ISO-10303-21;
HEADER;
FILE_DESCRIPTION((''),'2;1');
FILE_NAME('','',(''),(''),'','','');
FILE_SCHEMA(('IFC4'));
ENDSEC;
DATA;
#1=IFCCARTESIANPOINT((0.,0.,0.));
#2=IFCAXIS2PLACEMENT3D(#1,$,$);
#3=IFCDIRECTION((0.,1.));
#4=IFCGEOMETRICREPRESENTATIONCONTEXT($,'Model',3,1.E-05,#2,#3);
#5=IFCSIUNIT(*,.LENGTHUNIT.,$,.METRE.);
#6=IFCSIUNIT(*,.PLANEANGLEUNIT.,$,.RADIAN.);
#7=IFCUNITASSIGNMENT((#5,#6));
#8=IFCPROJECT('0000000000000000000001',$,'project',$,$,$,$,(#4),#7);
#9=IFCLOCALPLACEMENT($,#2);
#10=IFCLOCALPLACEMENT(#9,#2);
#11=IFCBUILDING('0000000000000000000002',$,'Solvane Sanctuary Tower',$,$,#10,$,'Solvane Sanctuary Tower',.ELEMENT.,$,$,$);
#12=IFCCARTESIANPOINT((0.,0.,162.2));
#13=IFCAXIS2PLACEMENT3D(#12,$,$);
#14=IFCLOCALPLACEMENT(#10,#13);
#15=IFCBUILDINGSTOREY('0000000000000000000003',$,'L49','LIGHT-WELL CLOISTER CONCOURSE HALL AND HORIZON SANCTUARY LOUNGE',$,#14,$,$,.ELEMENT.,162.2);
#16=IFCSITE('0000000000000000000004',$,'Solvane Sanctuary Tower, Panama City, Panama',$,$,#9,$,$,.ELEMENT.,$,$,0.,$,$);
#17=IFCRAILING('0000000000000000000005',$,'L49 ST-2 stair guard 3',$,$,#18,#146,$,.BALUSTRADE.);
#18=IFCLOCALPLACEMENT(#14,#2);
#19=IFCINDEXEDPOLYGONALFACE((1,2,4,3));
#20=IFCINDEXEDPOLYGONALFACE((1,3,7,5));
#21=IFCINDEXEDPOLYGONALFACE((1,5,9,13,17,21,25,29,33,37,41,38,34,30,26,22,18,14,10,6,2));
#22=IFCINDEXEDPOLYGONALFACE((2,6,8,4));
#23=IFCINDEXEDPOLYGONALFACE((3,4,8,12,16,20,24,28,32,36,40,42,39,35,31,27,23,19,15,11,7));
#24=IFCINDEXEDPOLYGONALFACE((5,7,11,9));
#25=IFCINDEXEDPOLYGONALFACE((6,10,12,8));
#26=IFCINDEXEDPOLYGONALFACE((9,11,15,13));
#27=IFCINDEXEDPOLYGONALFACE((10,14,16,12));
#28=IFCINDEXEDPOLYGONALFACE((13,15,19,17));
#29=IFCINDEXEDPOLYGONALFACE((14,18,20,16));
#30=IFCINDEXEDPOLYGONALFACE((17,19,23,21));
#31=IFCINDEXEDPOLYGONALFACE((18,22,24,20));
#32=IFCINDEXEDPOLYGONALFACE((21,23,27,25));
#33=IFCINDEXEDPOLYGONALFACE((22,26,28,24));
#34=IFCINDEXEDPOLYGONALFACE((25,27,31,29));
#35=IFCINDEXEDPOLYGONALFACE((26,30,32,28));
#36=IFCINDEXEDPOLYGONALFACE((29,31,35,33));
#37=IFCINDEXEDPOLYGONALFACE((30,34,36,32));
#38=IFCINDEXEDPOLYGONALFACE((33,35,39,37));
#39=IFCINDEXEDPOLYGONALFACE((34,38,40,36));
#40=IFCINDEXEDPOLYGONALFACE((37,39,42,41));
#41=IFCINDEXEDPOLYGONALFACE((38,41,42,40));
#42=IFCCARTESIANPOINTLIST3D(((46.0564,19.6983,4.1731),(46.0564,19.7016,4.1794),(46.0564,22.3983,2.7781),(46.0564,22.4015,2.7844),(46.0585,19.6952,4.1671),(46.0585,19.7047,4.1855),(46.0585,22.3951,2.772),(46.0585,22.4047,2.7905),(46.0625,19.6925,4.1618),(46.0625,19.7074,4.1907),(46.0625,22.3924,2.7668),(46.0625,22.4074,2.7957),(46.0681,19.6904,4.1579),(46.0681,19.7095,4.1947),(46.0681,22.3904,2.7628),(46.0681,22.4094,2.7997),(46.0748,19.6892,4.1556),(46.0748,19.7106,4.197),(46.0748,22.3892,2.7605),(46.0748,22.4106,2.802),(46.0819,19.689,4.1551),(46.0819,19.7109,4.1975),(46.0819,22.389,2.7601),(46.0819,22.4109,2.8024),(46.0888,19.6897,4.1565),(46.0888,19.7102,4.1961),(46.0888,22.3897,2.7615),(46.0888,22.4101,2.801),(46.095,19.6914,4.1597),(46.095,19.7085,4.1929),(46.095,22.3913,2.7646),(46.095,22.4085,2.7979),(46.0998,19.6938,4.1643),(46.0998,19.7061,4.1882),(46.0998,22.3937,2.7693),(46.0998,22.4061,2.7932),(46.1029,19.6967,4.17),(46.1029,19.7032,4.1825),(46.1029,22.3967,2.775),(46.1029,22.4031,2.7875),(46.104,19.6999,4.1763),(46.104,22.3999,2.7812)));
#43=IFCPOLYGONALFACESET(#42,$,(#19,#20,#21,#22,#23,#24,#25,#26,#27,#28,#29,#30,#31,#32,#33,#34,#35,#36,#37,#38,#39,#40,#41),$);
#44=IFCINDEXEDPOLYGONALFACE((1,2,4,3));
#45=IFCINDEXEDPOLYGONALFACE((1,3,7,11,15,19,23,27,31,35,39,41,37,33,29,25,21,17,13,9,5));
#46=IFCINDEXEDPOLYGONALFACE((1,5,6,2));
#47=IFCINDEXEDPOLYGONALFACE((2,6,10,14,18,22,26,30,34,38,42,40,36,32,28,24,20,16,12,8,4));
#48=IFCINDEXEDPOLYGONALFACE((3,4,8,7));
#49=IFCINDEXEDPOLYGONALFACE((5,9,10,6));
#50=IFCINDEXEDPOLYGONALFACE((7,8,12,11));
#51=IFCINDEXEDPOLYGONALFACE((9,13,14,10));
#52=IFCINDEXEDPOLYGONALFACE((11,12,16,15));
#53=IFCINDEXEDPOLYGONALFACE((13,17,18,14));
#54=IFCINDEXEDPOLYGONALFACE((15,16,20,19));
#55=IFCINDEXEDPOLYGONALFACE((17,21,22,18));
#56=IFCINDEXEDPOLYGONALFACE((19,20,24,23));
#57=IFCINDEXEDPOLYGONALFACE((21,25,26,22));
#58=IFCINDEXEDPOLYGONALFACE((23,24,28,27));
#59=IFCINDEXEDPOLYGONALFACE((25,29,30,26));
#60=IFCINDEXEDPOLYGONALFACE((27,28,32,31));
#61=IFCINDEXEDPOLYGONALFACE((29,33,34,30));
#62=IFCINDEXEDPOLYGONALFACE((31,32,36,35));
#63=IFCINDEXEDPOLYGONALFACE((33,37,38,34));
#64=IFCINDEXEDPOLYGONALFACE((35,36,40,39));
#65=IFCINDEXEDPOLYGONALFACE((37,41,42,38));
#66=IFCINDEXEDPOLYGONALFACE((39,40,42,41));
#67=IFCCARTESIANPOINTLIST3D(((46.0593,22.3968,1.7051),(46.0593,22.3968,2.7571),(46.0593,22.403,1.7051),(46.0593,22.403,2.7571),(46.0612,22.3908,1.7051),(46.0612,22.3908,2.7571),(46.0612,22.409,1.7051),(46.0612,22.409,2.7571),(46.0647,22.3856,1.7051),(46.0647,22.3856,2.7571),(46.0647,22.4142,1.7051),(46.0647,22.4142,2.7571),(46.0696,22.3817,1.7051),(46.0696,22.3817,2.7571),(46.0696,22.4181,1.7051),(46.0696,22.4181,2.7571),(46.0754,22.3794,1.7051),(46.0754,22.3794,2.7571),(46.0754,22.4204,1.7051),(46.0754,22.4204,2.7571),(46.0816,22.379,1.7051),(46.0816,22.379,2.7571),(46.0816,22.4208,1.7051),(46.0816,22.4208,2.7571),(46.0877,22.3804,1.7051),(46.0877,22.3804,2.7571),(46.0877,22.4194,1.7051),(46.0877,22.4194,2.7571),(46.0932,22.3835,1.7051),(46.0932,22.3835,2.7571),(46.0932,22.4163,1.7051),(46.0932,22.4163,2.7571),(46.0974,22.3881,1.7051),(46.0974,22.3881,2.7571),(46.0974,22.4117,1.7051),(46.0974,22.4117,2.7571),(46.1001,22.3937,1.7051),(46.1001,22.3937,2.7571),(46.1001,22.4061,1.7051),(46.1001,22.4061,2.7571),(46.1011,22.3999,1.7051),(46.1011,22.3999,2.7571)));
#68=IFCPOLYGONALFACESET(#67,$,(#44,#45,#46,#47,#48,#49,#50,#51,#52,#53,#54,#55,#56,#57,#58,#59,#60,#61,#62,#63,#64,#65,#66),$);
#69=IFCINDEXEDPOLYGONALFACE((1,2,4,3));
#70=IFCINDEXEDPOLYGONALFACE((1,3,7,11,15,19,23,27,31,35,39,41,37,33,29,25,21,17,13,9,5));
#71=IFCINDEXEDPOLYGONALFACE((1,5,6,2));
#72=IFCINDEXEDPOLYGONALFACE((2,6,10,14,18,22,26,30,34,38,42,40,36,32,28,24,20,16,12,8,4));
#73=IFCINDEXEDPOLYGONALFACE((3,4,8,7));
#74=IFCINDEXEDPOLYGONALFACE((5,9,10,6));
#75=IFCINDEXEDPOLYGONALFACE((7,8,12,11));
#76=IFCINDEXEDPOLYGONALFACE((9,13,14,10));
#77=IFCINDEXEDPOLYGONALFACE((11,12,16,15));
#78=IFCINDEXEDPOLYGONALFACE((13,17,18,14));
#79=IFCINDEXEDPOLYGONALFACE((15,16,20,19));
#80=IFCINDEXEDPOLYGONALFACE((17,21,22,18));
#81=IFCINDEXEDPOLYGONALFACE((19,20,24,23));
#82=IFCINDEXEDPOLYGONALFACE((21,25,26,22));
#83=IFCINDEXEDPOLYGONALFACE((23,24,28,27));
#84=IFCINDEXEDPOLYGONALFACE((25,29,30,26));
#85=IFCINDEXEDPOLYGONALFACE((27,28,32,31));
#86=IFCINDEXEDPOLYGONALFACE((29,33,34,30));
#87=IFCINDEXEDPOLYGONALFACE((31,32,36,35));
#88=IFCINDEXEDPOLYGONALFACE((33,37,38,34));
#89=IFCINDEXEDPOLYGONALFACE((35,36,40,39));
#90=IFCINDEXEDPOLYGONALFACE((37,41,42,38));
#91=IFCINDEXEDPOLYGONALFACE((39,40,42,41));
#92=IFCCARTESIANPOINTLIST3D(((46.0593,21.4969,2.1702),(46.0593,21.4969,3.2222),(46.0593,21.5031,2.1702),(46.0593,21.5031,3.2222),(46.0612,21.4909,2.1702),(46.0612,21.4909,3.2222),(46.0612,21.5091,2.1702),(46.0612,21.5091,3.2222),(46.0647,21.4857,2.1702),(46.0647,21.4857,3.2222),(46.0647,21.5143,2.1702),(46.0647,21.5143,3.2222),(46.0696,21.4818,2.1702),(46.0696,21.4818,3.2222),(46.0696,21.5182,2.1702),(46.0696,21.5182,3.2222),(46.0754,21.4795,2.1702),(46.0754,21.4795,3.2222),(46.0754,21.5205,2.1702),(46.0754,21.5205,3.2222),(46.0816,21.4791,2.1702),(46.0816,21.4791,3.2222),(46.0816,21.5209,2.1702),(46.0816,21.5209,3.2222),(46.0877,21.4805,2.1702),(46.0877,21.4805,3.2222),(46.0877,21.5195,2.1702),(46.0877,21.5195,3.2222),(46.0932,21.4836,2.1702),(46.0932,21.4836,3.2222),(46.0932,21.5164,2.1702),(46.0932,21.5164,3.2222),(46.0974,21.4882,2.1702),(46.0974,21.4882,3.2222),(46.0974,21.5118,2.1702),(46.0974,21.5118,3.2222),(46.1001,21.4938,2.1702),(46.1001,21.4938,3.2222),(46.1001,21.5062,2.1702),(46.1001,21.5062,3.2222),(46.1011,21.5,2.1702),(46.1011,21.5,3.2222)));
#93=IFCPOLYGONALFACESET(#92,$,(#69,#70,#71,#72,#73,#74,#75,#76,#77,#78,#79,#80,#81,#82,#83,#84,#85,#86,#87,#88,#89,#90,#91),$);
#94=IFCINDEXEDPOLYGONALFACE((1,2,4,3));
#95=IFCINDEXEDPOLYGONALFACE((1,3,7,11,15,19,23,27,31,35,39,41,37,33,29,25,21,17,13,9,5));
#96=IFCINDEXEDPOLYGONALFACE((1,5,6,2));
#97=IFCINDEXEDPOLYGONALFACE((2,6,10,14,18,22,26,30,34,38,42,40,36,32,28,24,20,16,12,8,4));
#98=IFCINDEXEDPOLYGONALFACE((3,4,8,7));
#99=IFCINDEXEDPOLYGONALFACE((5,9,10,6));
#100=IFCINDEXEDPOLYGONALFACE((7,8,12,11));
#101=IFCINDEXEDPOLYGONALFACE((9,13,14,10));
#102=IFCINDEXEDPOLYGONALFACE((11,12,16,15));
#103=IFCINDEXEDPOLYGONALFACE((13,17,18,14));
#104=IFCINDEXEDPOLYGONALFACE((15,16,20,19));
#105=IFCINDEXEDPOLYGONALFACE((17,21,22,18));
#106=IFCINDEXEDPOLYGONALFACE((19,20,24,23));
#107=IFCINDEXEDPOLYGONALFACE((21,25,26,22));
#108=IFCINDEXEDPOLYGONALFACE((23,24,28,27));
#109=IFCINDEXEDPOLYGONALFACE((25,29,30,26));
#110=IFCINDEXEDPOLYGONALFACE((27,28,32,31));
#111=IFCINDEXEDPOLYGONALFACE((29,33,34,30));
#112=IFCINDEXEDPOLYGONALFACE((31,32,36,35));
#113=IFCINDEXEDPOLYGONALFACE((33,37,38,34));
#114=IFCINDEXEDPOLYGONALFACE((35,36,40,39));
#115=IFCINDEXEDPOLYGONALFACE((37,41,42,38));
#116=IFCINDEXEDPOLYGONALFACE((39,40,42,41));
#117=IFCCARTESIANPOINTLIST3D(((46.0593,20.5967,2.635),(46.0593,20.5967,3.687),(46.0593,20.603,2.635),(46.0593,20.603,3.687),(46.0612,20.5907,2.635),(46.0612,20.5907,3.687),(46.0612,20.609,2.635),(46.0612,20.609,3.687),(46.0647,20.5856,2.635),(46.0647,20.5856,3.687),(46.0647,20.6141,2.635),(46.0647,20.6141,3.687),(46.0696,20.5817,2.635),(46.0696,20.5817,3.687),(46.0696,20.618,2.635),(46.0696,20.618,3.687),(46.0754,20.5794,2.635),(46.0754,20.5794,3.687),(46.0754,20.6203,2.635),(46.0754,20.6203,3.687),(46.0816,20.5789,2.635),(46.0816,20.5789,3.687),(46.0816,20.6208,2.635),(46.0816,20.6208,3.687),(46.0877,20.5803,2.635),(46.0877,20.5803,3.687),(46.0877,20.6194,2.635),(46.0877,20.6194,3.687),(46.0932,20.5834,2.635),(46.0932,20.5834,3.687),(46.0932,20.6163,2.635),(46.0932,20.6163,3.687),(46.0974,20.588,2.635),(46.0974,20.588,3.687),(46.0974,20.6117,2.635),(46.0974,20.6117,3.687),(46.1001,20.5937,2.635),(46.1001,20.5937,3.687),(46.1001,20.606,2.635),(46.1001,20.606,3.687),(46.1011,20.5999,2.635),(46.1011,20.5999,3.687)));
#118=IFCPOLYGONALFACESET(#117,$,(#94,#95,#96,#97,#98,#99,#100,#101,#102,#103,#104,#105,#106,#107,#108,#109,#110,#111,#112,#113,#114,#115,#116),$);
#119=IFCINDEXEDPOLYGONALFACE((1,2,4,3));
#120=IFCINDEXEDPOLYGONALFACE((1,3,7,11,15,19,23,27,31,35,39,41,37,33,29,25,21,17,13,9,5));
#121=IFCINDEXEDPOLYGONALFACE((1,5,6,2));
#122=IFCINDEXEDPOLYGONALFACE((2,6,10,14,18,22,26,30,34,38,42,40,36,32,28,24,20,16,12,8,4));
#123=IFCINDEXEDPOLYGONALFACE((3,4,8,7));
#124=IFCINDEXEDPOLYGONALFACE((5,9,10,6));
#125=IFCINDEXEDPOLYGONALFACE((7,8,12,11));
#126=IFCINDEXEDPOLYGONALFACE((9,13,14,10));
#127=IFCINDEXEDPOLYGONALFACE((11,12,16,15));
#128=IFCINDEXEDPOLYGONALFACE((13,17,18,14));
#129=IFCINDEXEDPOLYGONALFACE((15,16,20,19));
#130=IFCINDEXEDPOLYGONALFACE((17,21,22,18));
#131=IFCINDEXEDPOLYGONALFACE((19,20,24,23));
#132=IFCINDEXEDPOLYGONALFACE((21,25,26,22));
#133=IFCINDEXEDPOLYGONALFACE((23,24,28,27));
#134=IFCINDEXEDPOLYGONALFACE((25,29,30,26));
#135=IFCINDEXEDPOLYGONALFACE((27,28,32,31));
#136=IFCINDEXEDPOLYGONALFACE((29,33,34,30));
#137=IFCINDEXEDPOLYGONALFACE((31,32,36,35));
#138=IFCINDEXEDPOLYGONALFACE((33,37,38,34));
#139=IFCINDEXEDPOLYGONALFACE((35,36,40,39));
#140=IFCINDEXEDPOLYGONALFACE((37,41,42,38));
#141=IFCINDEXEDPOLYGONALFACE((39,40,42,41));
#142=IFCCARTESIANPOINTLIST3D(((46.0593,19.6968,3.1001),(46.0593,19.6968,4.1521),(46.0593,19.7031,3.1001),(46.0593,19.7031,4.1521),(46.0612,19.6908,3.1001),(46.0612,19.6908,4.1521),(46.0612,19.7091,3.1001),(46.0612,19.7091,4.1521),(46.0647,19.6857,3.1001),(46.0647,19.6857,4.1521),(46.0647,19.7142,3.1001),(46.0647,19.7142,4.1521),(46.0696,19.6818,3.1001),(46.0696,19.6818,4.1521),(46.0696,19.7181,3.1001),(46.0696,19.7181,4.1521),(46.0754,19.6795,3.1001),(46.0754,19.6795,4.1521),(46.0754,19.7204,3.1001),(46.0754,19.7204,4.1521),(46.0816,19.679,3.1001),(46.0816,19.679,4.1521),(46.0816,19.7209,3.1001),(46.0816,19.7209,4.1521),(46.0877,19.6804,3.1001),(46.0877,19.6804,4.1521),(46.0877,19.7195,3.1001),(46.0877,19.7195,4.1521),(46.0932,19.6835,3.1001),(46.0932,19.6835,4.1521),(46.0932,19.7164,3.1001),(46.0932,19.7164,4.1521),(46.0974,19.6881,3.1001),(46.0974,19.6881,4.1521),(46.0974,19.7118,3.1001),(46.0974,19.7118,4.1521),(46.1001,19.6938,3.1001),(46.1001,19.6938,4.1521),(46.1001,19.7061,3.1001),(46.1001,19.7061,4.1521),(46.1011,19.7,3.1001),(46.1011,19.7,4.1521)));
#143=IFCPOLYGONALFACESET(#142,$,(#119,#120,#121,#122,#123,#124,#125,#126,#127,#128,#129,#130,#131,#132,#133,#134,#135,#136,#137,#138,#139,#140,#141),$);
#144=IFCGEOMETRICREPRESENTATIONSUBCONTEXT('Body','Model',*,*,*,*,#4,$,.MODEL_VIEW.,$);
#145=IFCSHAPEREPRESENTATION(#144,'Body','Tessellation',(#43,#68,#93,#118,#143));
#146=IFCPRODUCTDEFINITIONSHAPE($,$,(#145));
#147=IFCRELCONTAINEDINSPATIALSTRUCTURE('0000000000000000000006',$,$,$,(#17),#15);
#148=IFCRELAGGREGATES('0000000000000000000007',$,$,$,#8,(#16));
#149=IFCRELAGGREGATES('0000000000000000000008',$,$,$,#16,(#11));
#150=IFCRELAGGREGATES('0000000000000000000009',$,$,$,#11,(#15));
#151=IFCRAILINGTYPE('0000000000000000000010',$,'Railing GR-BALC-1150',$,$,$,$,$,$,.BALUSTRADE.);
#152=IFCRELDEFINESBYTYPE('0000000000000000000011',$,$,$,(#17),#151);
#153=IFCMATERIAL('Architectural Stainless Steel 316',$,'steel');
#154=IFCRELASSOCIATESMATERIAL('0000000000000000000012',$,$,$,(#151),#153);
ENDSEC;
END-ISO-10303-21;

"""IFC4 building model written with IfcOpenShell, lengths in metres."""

from ifc_helpers import new_model, si_unit, direction, frame, origin, origin_2d, place, context, subcontext, project, spatial, circle, extrude, material, type_object, element, save


model = new_model("IFC4")

# Units and contexts
model_context = context("Model", 3, precision=1e-05, world=origin(), true_north=direction((0.0, 1.0)))
body_context = subcontext(model_context, "Body", "Model", "MODEL_VIEW")
ifc_project = project(units=[si_unit("LENGTHUNIT", "METRE"), si_unit("PLANEANGLEUNIT", "RADIAN")], contexts=[model_context])

# Site, building, storey
site_placement = place(None, origin())
site = spatial("IfcSite", under=ifc_project, at=site_placement, Name="Solvane Sanctuary Tower, Panama City, Panama", CompositionType="ELEMENT", RefElevation=0.0)
building_placement = place(site_placement, origin())
building = spatial("IfcBuilding", under=site, at=building_placement, Name="Solvane Sanctuary Tower", LongName="Solvane Sanctuary Tower", CompositionType="ELEMENT")
storey_placement = place(building_placement, frame((0.0, 0.0, 162.2)))
storey = spatial("IfcBuildingStorey", under=building, at=storey_placement, Name="L49", Description="LIGHT-WELL CLOISTER CONCOURSE HALL AND HORIZON SANCTUARY LOUNGE", CompositionType="ELEMENT", Elevation=162.2)

# Shared definitions
ifc_material_1 = material(Name="Architectural Stainless Steel 316", Category="steel")

# Railing
railing_type_1 = type_object("IfcRailingType", Name="Railing GR-BALC-1150", PredefinedType="BALUSTRADE", material=ifc_material_1)
railing_1_placement = place(storey_placement, frame((46.0801, 22.3999, 1.7051)))
element("IfcRailing", 1, at=railing_1_placement, inside=storey, type_object=railing_type_1, Name="L49 ST-2 stair guard 3", PredefinedType="BALUSTRADE", context=body_context, shape_type="SweptSolid", body=[
    extrude(circle(Radius=0.0239, at=origin_2d()), frame((0.0, 0.0, 1.0762), z_axis=(0.0, -0.88842, 0.459032), x_axis=(1.0, 0.0, 0.0)), (0.0, 0.0, 1.0), 3.0391),
    extrude(circle(Radius=0.021, at=origin_2d()), origin(), (0.0, 0.0, 1.0), 1.052),
    extrude(circle(Radius=0.021, at=origin_2d()), frame((0.0, -0.8999, 0.4651)), (0.0, 0.0, 1.0), 1.052),
    extrude(circle(Radius=0.021, at=origin_2d()), frame((0.0, -1.8, 0.9299)), (0.0, 0.0, 1.0), 1.052),
    extrude(circle(Radius=0.021, at=origin_2d()), frame((0.0, -2.7, 1.395)), (0.0, 0.0, 1.0), 1.052),
])

save(model, "model.ifc")
